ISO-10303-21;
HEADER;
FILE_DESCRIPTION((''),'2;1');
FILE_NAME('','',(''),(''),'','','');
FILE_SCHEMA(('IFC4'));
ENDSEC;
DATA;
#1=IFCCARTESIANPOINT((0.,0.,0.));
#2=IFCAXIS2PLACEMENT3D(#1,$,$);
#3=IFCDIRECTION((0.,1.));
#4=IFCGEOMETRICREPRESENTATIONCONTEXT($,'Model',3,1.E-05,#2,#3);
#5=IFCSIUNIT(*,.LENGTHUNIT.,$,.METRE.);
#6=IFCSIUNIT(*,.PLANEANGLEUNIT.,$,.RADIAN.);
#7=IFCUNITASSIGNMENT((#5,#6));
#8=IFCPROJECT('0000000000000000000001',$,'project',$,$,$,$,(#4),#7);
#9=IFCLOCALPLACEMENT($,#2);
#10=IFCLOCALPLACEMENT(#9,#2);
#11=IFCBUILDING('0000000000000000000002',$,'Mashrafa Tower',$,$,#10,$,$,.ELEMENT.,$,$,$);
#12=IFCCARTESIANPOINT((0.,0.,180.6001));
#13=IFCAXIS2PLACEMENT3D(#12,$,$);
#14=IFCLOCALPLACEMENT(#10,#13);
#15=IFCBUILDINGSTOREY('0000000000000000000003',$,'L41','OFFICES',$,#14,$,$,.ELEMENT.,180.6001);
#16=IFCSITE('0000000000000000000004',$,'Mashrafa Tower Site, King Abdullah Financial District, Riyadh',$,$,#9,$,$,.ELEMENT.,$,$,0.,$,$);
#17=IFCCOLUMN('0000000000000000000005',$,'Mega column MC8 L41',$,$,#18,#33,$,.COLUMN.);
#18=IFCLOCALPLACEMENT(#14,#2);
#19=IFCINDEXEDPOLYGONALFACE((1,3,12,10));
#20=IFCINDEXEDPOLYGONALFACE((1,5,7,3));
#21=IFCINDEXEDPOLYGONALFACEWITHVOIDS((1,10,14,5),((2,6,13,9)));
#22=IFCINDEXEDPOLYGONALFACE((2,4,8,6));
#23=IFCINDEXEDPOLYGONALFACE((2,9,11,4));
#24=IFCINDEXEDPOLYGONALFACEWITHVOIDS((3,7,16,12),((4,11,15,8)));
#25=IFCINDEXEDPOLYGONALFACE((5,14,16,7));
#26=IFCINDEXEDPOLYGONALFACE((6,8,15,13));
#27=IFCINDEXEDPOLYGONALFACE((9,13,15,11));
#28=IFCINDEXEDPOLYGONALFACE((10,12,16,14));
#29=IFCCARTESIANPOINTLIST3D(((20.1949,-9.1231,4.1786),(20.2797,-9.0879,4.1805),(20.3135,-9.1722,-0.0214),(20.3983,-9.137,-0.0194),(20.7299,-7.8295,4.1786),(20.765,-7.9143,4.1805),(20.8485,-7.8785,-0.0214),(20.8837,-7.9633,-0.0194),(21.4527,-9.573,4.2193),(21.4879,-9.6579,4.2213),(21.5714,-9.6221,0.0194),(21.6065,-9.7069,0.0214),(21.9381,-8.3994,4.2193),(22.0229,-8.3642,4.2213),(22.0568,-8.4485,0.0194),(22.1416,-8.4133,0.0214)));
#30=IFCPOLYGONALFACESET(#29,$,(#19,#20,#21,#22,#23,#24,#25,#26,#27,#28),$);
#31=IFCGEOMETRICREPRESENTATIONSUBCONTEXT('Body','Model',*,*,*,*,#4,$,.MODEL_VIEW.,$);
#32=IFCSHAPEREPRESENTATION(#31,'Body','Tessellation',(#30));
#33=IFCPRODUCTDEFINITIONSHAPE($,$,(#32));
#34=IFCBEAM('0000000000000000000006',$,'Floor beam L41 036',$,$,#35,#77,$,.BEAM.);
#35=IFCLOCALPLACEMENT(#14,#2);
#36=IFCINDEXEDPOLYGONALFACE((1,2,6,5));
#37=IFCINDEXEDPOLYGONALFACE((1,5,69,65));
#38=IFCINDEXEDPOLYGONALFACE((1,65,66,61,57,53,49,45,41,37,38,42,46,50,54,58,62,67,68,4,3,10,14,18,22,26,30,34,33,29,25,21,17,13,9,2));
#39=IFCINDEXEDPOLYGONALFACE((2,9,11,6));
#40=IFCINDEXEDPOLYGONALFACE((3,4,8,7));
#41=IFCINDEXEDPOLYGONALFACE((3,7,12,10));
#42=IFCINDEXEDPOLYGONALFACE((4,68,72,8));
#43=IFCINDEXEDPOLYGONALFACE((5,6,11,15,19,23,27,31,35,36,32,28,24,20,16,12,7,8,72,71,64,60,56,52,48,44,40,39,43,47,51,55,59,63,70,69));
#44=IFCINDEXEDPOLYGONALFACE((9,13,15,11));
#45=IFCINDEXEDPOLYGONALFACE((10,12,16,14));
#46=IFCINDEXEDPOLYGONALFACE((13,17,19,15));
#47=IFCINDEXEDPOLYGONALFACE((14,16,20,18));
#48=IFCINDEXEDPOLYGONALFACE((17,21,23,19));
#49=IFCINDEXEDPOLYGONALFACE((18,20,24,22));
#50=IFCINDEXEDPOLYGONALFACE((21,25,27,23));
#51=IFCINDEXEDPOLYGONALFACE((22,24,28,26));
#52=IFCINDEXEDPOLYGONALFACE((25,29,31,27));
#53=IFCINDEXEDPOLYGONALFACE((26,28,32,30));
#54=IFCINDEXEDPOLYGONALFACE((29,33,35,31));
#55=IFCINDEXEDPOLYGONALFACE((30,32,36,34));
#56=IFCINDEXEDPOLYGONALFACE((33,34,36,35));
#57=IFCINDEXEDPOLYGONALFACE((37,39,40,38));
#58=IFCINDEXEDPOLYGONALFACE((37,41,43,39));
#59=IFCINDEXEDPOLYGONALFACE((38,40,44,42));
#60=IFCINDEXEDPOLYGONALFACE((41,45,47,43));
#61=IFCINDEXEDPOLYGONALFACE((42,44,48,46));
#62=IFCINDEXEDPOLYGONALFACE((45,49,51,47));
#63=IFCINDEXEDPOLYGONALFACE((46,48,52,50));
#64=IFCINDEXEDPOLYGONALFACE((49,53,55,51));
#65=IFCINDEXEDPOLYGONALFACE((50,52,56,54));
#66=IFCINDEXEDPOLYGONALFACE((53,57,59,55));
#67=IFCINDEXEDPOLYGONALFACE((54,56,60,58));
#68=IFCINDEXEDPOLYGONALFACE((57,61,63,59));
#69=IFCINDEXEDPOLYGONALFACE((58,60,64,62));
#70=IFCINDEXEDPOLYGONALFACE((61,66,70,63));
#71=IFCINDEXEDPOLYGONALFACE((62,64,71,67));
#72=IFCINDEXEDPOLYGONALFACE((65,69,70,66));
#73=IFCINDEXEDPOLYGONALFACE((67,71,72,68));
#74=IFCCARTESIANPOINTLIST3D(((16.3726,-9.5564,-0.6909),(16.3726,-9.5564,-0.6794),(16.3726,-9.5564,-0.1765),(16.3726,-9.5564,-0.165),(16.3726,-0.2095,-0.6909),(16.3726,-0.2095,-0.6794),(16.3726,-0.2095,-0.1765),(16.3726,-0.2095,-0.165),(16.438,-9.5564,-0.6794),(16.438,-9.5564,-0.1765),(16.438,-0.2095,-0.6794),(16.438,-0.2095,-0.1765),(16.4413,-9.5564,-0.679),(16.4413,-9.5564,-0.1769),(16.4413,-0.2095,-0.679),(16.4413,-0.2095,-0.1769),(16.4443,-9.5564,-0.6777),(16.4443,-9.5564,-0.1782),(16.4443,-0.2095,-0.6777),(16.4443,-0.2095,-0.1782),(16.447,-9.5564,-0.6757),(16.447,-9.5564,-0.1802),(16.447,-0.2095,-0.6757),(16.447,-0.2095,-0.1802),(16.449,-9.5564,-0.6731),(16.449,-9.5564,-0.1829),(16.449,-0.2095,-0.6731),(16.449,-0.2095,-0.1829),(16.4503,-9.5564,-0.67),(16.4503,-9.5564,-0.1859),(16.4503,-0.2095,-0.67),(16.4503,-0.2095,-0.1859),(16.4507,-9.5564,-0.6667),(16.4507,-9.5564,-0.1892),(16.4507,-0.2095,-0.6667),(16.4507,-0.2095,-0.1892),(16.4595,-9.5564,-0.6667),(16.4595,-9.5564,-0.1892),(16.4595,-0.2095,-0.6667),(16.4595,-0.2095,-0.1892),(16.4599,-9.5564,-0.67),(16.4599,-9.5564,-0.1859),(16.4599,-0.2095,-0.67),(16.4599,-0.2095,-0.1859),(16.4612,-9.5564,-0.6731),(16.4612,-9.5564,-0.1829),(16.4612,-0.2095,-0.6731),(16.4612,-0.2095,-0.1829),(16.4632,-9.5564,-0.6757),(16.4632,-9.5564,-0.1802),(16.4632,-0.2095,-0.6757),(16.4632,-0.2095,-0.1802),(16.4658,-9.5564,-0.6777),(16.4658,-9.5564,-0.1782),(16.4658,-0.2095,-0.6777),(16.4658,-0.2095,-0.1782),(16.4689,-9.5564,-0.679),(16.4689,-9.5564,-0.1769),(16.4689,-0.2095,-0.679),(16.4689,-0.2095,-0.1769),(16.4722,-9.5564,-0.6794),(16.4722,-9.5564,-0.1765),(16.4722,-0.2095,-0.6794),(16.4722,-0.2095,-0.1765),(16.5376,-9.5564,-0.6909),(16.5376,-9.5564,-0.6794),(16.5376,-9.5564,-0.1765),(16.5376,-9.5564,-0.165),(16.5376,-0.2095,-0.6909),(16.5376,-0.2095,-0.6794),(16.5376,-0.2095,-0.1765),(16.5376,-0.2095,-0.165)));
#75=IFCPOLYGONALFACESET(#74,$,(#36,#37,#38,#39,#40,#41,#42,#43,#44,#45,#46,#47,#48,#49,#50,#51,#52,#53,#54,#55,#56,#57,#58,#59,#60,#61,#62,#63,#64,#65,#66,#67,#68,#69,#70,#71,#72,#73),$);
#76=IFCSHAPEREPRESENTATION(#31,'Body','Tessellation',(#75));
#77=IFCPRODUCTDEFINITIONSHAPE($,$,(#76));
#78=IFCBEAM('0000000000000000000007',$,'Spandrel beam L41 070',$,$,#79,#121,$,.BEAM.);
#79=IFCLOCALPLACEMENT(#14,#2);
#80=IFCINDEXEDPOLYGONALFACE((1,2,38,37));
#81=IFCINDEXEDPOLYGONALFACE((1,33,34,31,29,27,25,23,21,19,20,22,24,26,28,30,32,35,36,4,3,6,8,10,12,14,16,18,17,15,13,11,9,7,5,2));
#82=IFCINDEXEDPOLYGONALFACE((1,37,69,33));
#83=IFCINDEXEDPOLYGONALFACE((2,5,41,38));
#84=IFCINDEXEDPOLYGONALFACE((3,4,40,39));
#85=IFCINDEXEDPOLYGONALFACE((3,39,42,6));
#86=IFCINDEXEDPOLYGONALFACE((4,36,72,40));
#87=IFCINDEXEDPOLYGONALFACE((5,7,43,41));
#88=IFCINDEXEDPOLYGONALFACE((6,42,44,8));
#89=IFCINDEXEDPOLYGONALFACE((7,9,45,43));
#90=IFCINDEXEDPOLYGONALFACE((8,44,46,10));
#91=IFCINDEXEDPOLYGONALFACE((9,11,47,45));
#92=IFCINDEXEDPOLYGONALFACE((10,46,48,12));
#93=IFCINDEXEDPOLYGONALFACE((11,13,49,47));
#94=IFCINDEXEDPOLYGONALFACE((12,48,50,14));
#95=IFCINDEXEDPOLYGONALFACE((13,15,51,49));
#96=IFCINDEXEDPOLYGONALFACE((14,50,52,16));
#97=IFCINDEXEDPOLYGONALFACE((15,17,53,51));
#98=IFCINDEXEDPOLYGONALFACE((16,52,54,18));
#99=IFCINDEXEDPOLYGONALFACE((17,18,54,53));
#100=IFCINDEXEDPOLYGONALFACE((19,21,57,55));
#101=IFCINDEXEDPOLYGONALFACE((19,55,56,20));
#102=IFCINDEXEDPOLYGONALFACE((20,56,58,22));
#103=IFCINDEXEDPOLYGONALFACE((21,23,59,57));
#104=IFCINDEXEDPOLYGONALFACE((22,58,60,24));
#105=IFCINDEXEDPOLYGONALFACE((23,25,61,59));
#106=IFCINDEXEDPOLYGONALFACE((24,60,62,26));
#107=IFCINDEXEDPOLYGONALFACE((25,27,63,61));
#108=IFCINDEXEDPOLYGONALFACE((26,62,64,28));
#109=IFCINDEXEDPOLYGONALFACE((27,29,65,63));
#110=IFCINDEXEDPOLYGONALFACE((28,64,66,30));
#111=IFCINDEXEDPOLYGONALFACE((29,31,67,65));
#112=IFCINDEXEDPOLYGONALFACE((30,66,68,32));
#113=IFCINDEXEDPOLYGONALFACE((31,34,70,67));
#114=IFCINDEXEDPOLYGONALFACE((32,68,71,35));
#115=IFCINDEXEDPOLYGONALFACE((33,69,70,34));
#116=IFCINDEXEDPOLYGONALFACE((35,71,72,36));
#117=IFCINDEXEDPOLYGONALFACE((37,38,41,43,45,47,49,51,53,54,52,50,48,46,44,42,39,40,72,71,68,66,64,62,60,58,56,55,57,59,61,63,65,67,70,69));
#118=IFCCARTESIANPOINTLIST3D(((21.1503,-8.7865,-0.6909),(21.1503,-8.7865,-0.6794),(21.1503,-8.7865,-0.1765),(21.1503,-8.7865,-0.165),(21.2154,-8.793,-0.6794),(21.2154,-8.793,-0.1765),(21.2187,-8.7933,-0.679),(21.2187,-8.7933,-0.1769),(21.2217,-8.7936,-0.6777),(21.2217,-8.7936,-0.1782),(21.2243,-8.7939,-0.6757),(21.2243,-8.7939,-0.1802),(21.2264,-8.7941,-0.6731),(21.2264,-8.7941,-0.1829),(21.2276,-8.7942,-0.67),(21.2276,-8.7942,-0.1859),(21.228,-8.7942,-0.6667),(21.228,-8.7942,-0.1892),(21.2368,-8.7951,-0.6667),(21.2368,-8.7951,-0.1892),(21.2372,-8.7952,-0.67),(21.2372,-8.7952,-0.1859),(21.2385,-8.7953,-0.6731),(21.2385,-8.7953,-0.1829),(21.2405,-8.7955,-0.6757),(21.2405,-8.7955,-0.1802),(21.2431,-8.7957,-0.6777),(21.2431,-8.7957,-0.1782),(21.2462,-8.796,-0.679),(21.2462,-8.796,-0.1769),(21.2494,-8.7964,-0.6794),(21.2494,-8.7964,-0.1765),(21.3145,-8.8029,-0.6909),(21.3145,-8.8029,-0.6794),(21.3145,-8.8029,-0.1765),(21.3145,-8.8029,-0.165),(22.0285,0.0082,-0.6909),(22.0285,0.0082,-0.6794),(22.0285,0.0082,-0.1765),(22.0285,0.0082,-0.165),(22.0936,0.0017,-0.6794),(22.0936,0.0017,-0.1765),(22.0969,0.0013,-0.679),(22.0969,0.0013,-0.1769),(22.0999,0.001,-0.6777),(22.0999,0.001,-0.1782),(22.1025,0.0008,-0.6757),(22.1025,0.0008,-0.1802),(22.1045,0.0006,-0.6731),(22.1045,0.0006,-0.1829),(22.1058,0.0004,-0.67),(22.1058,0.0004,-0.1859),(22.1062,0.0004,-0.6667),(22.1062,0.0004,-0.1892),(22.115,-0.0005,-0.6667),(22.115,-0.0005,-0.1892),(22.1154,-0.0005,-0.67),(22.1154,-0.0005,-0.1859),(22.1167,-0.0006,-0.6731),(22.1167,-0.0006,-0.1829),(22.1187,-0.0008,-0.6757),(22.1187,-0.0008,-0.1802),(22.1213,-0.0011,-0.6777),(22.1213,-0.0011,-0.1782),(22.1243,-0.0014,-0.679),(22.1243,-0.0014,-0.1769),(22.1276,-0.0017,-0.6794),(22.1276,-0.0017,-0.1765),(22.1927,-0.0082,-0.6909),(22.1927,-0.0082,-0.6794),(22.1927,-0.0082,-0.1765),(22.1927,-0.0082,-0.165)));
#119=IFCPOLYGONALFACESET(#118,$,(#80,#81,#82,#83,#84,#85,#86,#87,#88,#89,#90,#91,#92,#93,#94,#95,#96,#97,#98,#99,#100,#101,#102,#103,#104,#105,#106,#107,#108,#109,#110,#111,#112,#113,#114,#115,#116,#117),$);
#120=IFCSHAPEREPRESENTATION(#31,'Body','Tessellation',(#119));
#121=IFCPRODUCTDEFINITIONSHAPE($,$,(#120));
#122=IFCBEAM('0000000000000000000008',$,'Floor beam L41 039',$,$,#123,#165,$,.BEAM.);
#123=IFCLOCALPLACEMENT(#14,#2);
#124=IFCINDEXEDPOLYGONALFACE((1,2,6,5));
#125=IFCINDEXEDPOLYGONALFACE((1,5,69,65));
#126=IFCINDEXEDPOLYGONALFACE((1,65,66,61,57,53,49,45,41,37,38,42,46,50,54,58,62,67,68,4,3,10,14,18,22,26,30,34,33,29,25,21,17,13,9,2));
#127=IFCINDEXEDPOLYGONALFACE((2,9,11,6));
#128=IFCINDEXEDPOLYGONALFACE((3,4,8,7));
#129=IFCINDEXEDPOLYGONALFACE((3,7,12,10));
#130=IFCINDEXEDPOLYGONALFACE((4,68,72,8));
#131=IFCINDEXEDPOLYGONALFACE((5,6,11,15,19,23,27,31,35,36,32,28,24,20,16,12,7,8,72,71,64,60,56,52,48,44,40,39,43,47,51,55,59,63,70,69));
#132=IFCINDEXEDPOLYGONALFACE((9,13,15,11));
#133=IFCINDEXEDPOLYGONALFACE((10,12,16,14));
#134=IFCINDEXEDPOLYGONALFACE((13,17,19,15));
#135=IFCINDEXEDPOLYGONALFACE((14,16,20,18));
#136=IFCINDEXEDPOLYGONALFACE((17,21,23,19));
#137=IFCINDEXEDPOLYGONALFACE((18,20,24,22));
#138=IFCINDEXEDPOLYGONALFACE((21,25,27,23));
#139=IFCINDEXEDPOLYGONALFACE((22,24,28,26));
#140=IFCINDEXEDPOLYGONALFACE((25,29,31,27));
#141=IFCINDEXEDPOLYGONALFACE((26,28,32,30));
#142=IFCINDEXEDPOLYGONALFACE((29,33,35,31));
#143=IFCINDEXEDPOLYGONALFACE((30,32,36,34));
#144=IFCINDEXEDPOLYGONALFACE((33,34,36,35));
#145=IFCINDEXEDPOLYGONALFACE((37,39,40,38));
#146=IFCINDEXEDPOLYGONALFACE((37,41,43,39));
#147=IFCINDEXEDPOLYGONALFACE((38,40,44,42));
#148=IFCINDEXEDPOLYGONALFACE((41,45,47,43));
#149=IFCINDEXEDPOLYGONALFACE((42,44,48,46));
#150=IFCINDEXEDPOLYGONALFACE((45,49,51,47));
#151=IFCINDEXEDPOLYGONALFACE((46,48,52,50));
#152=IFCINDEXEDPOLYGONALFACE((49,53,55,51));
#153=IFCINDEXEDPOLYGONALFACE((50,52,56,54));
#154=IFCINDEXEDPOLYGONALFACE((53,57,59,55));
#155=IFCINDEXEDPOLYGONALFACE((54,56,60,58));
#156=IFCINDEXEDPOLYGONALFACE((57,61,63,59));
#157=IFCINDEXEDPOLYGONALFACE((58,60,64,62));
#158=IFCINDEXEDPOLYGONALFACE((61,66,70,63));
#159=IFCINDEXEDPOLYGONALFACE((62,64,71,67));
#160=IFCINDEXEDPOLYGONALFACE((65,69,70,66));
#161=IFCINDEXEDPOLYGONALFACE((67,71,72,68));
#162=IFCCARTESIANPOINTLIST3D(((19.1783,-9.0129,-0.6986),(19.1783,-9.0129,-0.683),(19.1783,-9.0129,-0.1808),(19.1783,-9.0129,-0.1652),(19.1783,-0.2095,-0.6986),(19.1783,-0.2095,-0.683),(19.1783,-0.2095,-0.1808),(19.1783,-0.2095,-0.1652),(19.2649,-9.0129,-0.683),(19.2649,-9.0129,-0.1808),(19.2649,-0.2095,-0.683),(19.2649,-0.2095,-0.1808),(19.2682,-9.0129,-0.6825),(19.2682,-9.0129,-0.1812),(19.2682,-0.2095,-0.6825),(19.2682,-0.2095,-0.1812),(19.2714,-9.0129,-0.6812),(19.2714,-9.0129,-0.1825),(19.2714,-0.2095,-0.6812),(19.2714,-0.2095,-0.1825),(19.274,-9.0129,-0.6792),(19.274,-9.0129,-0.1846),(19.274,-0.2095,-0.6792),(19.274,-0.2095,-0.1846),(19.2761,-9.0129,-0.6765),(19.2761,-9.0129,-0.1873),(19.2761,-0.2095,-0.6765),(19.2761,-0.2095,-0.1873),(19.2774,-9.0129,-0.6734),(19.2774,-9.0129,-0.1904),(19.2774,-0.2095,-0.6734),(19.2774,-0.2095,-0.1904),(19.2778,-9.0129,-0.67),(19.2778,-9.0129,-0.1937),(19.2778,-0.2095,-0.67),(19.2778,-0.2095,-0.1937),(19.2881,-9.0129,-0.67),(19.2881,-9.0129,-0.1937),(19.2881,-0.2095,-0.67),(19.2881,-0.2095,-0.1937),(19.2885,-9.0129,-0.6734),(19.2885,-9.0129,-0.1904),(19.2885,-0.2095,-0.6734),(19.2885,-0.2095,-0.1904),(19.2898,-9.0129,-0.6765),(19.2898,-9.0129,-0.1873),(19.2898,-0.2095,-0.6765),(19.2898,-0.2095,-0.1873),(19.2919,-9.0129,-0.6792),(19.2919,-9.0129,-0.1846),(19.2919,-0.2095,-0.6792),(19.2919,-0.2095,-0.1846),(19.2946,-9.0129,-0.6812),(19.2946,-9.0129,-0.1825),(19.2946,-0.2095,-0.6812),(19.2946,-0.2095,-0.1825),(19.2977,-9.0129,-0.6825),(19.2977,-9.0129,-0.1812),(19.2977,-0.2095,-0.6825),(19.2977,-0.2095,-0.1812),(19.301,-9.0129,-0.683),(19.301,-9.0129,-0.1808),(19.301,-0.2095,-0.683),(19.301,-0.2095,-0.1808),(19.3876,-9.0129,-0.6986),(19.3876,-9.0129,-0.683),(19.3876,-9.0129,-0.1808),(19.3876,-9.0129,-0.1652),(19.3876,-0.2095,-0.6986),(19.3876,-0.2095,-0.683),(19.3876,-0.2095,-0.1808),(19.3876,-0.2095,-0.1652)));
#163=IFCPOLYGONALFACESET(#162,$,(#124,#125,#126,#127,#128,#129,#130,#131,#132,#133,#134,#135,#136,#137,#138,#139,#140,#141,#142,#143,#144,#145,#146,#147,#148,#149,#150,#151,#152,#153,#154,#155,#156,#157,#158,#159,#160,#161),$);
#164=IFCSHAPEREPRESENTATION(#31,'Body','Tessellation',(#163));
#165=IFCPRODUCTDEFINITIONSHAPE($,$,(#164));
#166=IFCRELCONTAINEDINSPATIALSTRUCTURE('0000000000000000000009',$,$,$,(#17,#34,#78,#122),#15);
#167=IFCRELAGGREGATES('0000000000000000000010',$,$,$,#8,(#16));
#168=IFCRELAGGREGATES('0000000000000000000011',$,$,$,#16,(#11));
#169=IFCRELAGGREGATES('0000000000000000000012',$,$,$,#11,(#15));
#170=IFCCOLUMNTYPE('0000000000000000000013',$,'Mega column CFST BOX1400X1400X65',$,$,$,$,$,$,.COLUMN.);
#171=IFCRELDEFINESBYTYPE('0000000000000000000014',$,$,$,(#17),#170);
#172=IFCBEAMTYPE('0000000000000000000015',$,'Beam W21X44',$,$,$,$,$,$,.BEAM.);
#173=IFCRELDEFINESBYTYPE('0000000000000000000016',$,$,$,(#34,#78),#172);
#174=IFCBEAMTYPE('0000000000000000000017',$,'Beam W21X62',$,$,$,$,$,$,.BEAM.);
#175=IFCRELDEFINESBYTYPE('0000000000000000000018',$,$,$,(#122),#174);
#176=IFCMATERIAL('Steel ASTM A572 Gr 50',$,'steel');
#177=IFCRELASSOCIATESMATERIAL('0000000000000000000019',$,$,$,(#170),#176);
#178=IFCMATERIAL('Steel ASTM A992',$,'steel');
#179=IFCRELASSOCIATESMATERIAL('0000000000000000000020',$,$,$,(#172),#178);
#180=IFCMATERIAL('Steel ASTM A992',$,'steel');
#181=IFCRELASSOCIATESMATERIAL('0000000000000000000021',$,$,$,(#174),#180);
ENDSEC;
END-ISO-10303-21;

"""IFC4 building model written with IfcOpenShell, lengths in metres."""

from ifc_helpers import new_model, si_unit, direction, frame, origin, origin_2d, place, context, subcontext, project, spatial, hollow_rectangle, i_section, extrude, material, material_profile, profile_set, type_object, element, save


model = new_model("IFC4")

# Units and contexts
model_context = context("Model", 3, precision=1e-05, world=origin(), true_north=direction((0.0, 1.0)))
body_context = subcontext(model_context, "Body", "Model", "MODEL_VIEW")
ifc_project = project(units=[si_unit("LENGTHUNIT", "METRE"), si_unit("PLANEANGLEUNIT", "RADIAN")], contexts=[model_context])

# Site, building, storey
site_placement = place(None, origin())
site = spatial("IfcSite", under=ifc_project, at=site_placement, Name="Mashrafa Tower Site, King Abdullah Financial District, Riyadh", CompositionType="ELEMENT", RefElevation=0.0)
building_placement = place(site_placement, origin())
building = spatial("IfcBuilding", under=site, at=building_placement, Name="Mashrafa Tower", CompositionType="ELEMENT")
storey_placement = place(building_placement, frame((0.0, 0.0, 180.6001)))
storey = spatial("IfcBuildingStorey", under=building, at=storey_placement, Name="L41", Description="OFFICES", CompositionType="ELEMENT", Elevation=180.6001)

# Column
ifc_material_1 = material(Name="Steel ASTM A572 Gr 50", Category="steel")
ifc_material_profile_1 = material_profile(ifc_material_1, hollow_rectangle(XDim=1.3999, YDim=1.3999, WallThickness=0.0649, at=origin_2d()), Name="BOX1400X1400X65")
ifc_profile_set_1 = profile_set([ifc_material_profile_1], Name="Steel ASTM A572 Gr 50")
column_type = type_object("IfcColumnType", Name="Mega column CFST BOX1400X1400X65", PredefinedType="COLUMN", material=ifc_profile_set_1)
column_placement = place(storey_placement, frame((21.2275, -8.7927, 0.0), z_axis=(-0.028238, 0.011679, 0.999533), x_axis=(-0.382184, -0.924086, 0.0)))
element("IfcColumn", 1, at=column_placement, inside=storey, type_object=column_type, Name="Mega column MC8 L41", PredefinedType="COLUMN", context=body_context, shape_type="SweptSolid", body=[
    extrude(hollow_rectangle(XDim=1.3999, YDim=1.3999, WallThickness=0.0649, at=origin_2d()), origin(), (0.0, 0.0, 1.0), 4.2019),
])

# Beams
ifc_material_2 = material(Name="Steel ASTM A992", Category="steel")
ifc_material_profile_2 = material_profile(ifc_material_2, i_section(OverallWidth=0.165, OverallDepth=0.5259, WebThickness=0.0088, FlangeThickness=0.0115, FilletRadius=0.0127, at=origin_2d()), Name="W21X44")
ifc_profile_set_2 = profile_set([ifc_material_profile_2], Name="Steel ASTM A992")
beam_type_1 = type_object("IfcBeamType", Name="Beam W21X44", PredefinedType="BEAM", material=ifc_profile_set_2)
beam_1_placement = place(storey_placement, frame((16.4551, -0.2095, -0.428), z_axis=(0.0, -1.0, 0.0), x_axis=(1.0, 0.0, 0.0)))
element("IfcBeam", 2, at=beam_1_placement, inside=storey, type_object=beam_type_1, Name="Floor beam L41 036", PredefinedType="BEAM", context=body_context, shape_type="SweptSolid", body=[
    extrude(i_section(OverallWidth=0.165, OverallDepth=0.5259, WebThickness=0.0088, FlangeThickness=0.0115, FilletRadius=0.0127, at=origin_2d()), origin(), (0.0, 0.0, 1.0), 9.3469),
])
beam_2_placement = place(storey_placement, frame((21.2324, -8.7947, -0.428), z_axis=(0.099359, 0.995052, 0.0), x_axis=(-0.995052, 0.099359, 0.0)))
element("IfcBeam", 3, at=beam_2_placement, inside=storey, type_object=beam_type_1, Name="Spandrel beam L41 070", PredefinedType="BEAM", context=body_context, shape_type="SweptSolid", body=[
    extrude(i_section(OverallWidth=0.165, OverallDepth=0.5259, WebThickness=0.0088, FlangeThickness=0.0115, FilletRadius=0.0127, at=origin_2d()), origin(), (0.0, 0.0, 1.0), 8.8384),
])
ifc_material_3 = material(Name="Steel ASTM A992", Category="steel")
ifc_material_profile_3 = material_profile(ifc_material_3, i_section(OverallWidth=0.2092, OverallDepth=0.5334, WebThickness=0.0103, FlangeThickness=0.0156, FilletRadius=0.0129, at=origin_2d()), Name="W21X62")
ifc_profile_set_3 = profile_set([ifc_material_profile_3], Name="Steel ASTM A992")
beam_type_2 = type_object("IfcBeamType", Name="Beam W21X62", PredefinedType="BEAM", material=ifc_profile_set_3)
beam_3_placement = place(storey_placement, frame((19.283, -0.2095, -0.4319), z_axis=(0.0, -1.0, 0.0), x_axis=(1.0, 0.0, 0.0)))
element("IfcBeam", 4, at=beam_3_placement, inside=storey, type_object=beam_type_2, Name="Floor beam L41 039", PredefinedType="BEAM", context=body_context, shape_type="SweptSolid", body=[
    extrude(i_section(OverallWidth=0.2092, OverallDepth=0.5334, WebThickness=0.0103, FlangeThickness=0.0156, FilletRadius=0.0129, at=origin_2d()), origin(), (0.0, 0.0, 1.0), 8.8035),
])

save(model, "model.ifc")
